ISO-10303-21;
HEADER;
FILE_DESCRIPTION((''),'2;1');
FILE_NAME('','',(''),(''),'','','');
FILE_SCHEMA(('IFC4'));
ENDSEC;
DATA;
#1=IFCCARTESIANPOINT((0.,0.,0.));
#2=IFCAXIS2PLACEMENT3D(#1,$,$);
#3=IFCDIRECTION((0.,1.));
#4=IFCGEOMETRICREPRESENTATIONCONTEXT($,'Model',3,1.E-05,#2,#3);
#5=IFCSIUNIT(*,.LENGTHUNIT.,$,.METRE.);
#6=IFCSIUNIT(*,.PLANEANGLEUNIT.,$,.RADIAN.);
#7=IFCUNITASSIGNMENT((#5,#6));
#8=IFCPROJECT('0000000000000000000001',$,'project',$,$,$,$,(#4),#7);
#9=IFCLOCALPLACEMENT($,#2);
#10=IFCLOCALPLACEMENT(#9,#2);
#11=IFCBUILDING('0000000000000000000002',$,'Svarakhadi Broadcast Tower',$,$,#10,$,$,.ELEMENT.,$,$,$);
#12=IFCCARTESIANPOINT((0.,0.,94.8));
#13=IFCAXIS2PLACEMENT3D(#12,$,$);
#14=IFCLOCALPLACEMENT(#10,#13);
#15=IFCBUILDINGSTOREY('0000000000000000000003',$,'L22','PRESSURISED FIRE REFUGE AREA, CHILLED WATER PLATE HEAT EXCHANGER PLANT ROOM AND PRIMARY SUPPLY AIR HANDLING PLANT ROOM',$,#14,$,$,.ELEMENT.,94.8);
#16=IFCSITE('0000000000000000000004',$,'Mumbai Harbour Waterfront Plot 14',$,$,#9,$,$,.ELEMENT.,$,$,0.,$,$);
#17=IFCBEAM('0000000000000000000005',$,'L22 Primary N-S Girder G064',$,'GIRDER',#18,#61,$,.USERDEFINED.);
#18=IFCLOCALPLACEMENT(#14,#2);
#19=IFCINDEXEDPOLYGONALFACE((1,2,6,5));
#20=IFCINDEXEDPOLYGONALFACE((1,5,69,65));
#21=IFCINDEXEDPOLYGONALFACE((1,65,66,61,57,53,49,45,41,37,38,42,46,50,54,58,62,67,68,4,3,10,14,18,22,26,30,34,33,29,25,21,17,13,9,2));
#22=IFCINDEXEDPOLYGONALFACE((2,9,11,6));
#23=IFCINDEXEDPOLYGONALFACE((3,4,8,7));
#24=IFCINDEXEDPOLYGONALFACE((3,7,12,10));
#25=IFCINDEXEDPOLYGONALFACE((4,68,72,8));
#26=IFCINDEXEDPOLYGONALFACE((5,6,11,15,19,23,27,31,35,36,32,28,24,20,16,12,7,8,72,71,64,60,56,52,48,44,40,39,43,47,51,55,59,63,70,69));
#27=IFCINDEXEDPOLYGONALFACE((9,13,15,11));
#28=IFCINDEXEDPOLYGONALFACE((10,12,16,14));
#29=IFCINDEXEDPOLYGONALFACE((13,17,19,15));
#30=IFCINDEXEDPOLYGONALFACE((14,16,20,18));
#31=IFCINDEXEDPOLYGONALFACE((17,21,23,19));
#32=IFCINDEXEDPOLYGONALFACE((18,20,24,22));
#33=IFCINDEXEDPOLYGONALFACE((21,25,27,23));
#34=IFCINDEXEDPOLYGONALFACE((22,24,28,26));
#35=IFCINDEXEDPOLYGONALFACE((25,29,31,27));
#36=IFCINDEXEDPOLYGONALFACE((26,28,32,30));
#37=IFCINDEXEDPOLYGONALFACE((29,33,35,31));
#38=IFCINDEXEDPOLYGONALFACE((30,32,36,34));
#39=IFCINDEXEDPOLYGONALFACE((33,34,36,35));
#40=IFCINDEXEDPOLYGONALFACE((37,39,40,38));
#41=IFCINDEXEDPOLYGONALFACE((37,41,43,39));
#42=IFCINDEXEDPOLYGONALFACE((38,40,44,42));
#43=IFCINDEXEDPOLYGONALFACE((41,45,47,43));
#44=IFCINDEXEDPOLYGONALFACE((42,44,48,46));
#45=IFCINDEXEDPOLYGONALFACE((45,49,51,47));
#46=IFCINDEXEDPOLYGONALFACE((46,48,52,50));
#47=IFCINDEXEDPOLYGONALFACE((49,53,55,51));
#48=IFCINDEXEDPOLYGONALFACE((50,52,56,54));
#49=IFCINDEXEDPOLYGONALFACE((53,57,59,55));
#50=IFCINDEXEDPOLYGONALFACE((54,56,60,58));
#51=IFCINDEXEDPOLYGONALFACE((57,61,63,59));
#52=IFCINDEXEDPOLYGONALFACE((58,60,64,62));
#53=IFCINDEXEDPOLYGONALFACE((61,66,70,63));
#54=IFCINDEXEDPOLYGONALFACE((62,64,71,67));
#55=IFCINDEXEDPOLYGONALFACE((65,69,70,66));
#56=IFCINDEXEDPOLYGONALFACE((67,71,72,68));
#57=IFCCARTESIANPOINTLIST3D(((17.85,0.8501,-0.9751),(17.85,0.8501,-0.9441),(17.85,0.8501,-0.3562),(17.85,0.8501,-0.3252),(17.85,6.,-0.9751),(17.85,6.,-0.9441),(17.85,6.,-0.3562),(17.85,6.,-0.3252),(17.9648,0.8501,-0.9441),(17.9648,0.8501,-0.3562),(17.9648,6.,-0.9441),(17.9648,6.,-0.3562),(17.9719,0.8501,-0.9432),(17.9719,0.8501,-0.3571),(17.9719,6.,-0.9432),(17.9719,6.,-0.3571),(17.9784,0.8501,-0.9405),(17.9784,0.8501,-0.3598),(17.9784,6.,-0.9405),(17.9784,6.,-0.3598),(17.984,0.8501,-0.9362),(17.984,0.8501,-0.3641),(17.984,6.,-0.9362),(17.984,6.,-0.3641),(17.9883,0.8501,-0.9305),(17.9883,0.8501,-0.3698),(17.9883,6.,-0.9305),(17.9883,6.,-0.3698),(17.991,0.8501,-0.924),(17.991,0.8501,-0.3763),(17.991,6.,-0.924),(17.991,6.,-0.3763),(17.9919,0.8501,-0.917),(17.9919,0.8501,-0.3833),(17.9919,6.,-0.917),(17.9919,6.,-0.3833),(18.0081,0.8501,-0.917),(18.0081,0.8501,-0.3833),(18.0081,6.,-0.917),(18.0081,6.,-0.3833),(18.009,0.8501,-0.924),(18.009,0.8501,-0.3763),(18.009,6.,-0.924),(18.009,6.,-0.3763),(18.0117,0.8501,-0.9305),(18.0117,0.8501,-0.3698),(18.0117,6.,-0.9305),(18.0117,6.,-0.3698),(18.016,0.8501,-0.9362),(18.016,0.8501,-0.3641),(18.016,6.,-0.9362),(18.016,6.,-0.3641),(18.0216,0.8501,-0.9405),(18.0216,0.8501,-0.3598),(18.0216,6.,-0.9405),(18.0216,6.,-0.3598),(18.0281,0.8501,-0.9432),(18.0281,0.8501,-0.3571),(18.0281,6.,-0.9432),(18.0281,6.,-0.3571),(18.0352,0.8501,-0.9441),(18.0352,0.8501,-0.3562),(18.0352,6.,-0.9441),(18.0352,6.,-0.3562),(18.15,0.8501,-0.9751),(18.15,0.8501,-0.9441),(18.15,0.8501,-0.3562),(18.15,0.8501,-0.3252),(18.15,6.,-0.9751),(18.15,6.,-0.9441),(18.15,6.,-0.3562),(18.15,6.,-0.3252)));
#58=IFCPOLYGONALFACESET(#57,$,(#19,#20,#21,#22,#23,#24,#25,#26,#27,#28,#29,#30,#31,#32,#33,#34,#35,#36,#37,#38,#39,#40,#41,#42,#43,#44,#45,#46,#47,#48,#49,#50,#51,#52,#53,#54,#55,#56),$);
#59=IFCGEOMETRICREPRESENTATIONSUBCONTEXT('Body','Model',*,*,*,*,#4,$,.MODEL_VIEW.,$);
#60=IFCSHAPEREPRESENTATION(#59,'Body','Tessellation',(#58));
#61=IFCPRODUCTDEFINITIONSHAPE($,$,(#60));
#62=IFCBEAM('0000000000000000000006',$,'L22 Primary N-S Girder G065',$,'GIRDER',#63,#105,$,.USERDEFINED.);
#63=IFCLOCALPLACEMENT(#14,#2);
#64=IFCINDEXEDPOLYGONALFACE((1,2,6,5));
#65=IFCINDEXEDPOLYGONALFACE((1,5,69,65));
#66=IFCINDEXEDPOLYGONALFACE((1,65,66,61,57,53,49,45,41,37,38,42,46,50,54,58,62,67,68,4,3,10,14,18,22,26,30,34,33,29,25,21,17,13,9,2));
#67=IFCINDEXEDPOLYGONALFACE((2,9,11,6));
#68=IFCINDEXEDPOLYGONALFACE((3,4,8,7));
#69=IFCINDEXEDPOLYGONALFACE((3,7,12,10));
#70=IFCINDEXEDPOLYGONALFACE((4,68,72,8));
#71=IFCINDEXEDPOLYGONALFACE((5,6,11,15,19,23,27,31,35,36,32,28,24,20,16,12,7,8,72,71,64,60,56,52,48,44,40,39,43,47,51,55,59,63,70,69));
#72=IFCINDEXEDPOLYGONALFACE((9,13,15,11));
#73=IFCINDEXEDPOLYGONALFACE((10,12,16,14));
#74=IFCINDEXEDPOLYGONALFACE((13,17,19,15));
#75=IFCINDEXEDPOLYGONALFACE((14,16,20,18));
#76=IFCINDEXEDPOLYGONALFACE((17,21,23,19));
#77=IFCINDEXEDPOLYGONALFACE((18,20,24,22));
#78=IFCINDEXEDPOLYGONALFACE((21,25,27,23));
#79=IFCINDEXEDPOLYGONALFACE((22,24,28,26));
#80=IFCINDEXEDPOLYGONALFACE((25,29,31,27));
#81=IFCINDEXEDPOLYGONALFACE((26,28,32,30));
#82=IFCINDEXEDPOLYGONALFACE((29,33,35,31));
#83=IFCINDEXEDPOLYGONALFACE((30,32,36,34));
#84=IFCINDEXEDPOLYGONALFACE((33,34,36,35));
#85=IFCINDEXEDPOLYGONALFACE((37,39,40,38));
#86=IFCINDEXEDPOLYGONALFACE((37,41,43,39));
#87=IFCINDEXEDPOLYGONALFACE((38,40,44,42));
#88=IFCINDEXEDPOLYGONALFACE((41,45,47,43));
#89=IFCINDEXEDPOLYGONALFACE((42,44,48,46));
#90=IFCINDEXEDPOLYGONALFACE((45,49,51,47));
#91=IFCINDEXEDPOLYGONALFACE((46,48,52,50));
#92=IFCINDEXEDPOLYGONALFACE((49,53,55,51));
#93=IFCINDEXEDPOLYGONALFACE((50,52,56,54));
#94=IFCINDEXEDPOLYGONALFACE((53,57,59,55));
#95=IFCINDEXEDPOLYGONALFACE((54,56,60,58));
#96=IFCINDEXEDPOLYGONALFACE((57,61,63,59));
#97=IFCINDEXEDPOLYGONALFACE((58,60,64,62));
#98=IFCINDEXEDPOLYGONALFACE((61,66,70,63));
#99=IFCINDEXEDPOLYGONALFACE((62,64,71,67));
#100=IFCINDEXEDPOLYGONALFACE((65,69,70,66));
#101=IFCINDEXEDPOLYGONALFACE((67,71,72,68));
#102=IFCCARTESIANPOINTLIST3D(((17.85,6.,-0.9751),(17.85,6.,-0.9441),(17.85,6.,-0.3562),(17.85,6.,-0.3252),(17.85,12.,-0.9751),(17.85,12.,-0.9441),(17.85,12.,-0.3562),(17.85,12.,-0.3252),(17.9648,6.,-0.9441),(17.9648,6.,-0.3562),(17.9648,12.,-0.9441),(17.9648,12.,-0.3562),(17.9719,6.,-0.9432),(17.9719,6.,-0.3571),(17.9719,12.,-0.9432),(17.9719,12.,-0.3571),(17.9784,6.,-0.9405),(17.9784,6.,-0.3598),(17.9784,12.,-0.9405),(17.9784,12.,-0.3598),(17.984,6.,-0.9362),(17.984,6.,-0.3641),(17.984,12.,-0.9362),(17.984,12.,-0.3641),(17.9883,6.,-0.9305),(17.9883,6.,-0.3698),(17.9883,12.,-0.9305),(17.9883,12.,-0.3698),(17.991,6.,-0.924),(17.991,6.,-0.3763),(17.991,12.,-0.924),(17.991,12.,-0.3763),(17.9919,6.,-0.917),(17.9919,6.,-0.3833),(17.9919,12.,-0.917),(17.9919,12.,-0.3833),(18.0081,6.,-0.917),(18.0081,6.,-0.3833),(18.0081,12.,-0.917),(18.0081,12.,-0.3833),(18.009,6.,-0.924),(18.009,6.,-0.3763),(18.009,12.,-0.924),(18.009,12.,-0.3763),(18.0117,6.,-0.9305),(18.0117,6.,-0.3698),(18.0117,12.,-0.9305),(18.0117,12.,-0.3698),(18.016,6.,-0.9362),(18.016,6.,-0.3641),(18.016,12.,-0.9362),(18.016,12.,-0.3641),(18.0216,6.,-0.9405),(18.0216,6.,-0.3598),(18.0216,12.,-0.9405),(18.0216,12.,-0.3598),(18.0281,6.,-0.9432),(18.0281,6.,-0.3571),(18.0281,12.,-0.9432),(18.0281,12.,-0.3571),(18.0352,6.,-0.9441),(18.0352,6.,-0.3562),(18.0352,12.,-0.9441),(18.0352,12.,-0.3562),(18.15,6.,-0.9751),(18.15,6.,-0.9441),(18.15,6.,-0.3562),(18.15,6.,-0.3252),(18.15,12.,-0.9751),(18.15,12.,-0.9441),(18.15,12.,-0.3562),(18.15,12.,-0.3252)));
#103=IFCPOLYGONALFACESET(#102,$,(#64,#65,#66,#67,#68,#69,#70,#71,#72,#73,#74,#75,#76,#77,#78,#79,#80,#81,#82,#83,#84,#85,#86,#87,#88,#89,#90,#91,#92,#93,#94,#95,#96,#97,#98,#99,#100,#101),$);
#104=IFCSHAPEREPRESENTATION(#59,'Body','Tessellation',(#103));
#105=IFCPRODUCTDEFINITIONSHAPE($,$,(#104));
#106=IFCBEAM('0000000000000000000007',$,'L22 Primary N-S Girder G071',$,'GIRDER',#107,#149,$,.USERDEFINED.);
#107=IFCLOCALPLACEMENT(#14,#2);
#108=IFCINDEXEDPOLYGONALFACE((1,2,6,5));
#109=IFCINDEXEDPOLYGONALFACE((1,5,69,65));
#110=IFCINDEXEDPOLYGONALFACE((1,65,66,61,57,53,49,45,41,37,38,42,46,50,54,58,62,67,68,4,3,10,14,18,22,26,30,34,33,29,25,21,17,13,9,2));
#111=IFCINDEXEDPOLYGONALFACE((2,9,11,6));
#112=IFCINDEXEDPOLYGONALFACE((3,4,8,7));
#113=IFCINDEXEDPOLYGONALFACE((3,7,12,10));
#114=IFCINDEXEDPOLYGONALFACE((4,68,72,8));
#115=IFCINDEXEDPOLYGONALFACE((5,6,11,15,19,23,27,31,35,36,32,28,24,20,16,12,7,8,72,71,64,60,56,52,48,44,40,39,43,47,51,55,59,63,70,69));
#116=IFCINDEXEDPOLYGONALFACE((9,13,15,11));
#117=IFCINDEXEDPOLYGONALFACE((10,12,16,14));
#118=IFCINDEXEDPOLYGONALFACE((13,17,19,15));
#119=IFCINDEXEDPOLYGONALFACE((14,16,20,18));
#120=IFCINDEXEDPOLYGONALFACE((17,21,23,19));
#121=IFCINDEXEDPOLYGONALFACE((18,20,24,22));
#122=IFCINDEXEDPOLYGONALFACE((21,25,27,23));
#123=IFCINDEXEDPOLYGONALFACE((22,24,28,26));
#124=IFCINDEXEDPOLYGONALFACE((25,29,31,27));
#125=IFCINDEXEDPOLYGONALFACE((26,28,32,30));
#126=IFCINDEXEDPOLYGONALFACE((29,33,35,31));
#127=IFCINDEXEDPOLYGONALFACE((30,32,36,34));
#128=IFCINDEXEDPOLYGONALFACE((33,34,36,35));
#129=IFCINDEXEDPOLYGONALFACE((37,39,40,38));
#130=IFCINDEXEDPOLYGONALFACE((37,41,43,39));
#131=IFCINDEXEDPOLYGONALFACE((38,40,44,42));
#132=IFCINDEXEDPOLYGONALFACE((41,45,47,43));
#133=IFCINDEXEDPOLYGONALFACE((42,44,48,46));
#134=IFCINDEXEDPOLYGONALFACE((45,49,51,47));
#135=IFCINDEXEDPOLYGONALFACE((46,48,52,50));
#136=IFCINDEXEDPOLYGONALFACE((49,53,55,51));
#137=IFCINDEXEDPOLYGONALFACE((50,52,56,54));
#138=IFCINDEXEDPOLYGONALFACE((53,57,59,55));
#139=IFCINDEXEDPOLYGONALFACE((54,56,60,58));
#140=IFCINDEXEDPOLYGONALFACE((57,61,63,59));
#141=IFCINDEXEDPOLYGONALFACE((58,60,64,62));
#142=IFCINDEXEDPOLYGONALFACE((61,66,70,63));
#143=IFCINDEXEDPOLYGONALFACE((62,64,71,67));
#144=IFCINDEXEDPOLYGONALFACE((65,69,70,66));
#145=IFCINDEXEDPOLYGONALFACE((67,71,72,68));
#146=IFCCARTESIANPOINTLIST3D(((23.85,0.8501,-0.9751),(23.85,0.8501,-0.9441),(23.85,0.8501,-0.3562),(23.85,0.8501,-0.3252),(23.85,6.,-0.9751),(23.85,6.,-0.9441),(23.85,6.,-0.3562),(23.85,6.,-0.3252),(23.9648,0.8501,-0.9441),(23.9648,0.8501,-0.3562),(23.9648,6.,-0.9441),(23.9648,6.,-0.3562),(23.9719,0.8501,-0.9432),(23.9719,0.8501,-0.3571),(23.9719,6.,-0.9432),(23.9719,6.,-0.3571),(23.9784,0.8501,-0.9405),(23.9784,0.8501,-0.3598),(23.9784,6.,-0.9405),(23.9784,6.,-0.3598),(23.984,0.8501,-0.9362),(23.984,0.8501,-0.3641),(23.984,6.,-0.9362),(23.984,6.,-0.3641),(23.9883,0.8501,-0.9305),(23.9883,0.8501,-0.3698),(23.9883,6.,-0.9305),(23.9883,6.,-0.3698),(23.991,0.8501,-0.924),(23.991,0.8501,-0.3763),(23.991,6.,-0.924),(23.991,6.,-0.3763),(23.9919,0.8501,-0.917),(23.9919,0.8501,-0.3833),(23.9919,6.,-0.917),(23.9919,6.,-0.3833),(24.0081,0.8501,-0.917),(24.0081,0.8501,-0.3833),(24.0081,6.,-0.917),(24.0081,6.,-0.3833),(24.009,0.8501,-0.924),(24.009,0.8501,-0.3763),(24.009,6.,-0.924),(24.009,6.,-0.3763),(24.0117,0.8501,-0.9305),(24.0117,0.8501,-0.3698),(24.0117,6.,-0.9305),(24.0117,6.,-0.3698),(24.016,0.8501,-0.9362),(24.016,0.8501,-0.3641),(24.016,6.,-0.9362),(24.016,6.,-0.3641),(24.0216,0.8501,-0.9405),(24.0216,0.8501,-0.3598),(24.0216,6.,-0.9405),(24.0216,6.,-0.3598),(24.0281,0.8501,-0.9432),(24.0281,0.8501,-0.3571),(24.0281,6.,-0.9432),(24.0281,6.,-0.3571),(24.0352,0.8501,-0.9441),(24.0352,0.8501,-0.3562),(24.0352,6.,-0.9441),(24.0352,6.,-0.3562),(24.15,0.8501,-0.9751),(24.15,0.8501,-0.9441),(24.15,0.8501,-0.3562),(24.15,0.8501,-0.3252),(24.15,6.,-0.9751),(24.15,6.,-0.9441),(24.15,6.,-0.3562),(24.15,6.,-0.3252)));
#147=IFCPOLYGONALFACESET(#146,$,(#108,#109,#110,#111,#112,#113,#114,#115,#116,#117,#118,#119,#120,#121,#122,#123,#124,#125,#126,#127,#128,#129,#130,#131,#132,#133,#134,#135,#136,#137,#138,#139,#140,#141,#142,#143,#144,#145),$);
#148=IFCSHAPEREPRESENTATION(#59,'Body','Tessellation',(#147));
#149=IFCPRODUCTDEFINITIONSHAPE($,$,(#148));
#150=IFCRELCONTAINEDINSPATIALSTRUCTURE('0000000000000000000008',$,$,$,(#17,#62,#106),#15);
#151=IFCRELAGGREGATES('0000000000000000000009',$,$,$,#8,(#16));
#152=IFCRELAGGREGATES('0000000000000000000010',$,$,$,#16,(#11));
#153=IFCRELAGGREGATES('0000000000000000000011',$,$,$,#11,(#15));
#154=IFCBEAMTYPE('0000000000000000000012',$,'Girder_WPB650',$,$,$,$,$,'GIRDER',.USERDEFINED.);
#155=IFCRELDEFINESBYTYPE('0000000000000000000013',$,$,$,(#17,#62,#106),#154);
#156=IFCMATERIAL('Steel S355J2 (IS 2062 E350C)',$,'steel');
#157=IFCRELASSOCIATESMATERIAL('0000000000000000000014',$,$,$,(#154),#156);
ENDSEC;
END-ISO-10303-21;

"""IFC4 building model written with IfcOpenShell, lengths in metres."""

from ifc_helpers import new_model, si_unit, direction, frame, origin, origin_2d, place, context, subcontext, project, spatial, i_section, extrude, material, material_profile, profile_set, type_object, element, save


model = new_model("IFC4")

# Units and contexts
model_context = context("Model", 3, precision=1e-05, world=origin(), true_north=direction((0.0, 1.0)))
body_context = subcontext(model_context, "Body", "Model", "MODEL_VIEW")
ifc_project = project(units=[si_unit("LENGTHUNIT", "METRE"), si_unit("PLANEANGLEUNIT", "RADIAN")], contexts=[model_context])

# Site, building, storey
site_placement = place(None, origin())
site = spatial("IfcSite", under=ifc_project, at=site_placement, Name="Mumbai Harbour Waterfront Plot 14", CompositionType="ELEMENT", RefElevation=0.0)
building_placement = place(site_placement, origin())
building = spatial("IfcBuilding", under=site, at=building_placement, Name="Svarakhadi Broadcast Tower", CompositionType="ELEMENT")
storey_placement = place(building_placement, frame((0.0, 0.0, 94.8)))
storey = spatial("IfcBuildingStorey", under=building, at=storey_placement, Name="L22", Description="PRESSURISED FIRE REFUGE AREA, CHILLED WATER PLATE HEAT EXCHANGER PLANT ROOM AND PRIMARY SUPPLY AIR HANDLING PLANT ROOM", CompositionType="ELEMENT", Elevation=94.8)

# Shared definitions
ifc_material_1 = material(Name="Steel S355J2 (IS 2062 E350C)", Category="steel")

# Beams
ifc_material_profile_1 = material_profile(ifc_material_1, i_section(OverallWidth=0.3, OverallDepth=0.6499, WebThickness=0.0161, FlangeThickness=0.031, FilletRadius=0.0271, at=origin_2d()), Name="WPB 650x300x225")
ifc_profile_set_1 = profile_set([ifc_material_profile_1], Name="Steel S355J2 (IS 2062 E350C)")
beam_type_1 = type_object("IfcBeamType", Name="Girder_WPB650", ElementType="GIRDER", PredefinedType="USERDEFINED", material=ifc_profile_set_1)
beam_1_placement = place(storey_placement, frame((18.0, 0.8501, -0.6501), z_axis=(0.0, 1.0, 0.0), x_axis=(-1.0, 0.0, 0.0)))
element("IfcBeam", 1, at=beam_1_placement, inside=storey, type_object=beam_type_1, Name="L22 Primary N-S Girder G064", ObjectType="GIRDER", PredefinedType="USERDEFINED", context=body_context, shape_type="SweptSolid", body=[
    extrude(i_section(OverallWidth=0.3, OverallDepth=0.6499, WebThickness=0.0161, FlangeThickness=0.031, FilletRadius=0.0271, at=origin_2d()), origin(), (0.0, 0.0, 1.0), 5.1499),
])
beam_2_placement = place(storey_placement, frame((18.0, 6.0, -0.6501), z_axis=(0.0, 1.0, 0.0), x_axis=(-1.0, 0.0, 0.0)))
element("IfcBeam", 2, at=beam_2_placement, inside=storey, type_object=beam_type_1, Name="L22 Primary N-S Girder G065", ObjectType="GIRDER", PredefinedType="USERDEFINED", context=body_context, shape_type="SweptSolid", body=[
    extrude(i_section(OverallWidth=0.3, OverallDepth=0.6499, WebThickness=0.0161, FlangeThickness=0.031, FilletRadius=0.0271, at=origin_2d()), origin(), (0.0, 0.0, 1.0), 6.0),
])
beam_3_placement = place(storey_placement, frame((24.0, 0.8501, -0.6501), z_axis=(0.0, 1.0, 0.0), x_axis=(-1.0, 0.0, 0.0)))
element("IfcBeam", 3, at=beam_3_placement, inside=storey, type_object=beam_type_1, Name="L22 Primary N-S Girder G071", ObjectType="GIRDER", PredefinedType="USERDEFINED", context=body_context, shape_type="SweptSolid", body=[
    extrude(i_section(OverallWidth=0.3, OverallDepth=0.6499, WebThickness=0.0161, FlangeThickness=0.031, FilletRadius=0.0271, at=origin_2d()), origin(), (0.0, 0.0, 1.0), 5.1499),
])

save(model, "model.ifc")
